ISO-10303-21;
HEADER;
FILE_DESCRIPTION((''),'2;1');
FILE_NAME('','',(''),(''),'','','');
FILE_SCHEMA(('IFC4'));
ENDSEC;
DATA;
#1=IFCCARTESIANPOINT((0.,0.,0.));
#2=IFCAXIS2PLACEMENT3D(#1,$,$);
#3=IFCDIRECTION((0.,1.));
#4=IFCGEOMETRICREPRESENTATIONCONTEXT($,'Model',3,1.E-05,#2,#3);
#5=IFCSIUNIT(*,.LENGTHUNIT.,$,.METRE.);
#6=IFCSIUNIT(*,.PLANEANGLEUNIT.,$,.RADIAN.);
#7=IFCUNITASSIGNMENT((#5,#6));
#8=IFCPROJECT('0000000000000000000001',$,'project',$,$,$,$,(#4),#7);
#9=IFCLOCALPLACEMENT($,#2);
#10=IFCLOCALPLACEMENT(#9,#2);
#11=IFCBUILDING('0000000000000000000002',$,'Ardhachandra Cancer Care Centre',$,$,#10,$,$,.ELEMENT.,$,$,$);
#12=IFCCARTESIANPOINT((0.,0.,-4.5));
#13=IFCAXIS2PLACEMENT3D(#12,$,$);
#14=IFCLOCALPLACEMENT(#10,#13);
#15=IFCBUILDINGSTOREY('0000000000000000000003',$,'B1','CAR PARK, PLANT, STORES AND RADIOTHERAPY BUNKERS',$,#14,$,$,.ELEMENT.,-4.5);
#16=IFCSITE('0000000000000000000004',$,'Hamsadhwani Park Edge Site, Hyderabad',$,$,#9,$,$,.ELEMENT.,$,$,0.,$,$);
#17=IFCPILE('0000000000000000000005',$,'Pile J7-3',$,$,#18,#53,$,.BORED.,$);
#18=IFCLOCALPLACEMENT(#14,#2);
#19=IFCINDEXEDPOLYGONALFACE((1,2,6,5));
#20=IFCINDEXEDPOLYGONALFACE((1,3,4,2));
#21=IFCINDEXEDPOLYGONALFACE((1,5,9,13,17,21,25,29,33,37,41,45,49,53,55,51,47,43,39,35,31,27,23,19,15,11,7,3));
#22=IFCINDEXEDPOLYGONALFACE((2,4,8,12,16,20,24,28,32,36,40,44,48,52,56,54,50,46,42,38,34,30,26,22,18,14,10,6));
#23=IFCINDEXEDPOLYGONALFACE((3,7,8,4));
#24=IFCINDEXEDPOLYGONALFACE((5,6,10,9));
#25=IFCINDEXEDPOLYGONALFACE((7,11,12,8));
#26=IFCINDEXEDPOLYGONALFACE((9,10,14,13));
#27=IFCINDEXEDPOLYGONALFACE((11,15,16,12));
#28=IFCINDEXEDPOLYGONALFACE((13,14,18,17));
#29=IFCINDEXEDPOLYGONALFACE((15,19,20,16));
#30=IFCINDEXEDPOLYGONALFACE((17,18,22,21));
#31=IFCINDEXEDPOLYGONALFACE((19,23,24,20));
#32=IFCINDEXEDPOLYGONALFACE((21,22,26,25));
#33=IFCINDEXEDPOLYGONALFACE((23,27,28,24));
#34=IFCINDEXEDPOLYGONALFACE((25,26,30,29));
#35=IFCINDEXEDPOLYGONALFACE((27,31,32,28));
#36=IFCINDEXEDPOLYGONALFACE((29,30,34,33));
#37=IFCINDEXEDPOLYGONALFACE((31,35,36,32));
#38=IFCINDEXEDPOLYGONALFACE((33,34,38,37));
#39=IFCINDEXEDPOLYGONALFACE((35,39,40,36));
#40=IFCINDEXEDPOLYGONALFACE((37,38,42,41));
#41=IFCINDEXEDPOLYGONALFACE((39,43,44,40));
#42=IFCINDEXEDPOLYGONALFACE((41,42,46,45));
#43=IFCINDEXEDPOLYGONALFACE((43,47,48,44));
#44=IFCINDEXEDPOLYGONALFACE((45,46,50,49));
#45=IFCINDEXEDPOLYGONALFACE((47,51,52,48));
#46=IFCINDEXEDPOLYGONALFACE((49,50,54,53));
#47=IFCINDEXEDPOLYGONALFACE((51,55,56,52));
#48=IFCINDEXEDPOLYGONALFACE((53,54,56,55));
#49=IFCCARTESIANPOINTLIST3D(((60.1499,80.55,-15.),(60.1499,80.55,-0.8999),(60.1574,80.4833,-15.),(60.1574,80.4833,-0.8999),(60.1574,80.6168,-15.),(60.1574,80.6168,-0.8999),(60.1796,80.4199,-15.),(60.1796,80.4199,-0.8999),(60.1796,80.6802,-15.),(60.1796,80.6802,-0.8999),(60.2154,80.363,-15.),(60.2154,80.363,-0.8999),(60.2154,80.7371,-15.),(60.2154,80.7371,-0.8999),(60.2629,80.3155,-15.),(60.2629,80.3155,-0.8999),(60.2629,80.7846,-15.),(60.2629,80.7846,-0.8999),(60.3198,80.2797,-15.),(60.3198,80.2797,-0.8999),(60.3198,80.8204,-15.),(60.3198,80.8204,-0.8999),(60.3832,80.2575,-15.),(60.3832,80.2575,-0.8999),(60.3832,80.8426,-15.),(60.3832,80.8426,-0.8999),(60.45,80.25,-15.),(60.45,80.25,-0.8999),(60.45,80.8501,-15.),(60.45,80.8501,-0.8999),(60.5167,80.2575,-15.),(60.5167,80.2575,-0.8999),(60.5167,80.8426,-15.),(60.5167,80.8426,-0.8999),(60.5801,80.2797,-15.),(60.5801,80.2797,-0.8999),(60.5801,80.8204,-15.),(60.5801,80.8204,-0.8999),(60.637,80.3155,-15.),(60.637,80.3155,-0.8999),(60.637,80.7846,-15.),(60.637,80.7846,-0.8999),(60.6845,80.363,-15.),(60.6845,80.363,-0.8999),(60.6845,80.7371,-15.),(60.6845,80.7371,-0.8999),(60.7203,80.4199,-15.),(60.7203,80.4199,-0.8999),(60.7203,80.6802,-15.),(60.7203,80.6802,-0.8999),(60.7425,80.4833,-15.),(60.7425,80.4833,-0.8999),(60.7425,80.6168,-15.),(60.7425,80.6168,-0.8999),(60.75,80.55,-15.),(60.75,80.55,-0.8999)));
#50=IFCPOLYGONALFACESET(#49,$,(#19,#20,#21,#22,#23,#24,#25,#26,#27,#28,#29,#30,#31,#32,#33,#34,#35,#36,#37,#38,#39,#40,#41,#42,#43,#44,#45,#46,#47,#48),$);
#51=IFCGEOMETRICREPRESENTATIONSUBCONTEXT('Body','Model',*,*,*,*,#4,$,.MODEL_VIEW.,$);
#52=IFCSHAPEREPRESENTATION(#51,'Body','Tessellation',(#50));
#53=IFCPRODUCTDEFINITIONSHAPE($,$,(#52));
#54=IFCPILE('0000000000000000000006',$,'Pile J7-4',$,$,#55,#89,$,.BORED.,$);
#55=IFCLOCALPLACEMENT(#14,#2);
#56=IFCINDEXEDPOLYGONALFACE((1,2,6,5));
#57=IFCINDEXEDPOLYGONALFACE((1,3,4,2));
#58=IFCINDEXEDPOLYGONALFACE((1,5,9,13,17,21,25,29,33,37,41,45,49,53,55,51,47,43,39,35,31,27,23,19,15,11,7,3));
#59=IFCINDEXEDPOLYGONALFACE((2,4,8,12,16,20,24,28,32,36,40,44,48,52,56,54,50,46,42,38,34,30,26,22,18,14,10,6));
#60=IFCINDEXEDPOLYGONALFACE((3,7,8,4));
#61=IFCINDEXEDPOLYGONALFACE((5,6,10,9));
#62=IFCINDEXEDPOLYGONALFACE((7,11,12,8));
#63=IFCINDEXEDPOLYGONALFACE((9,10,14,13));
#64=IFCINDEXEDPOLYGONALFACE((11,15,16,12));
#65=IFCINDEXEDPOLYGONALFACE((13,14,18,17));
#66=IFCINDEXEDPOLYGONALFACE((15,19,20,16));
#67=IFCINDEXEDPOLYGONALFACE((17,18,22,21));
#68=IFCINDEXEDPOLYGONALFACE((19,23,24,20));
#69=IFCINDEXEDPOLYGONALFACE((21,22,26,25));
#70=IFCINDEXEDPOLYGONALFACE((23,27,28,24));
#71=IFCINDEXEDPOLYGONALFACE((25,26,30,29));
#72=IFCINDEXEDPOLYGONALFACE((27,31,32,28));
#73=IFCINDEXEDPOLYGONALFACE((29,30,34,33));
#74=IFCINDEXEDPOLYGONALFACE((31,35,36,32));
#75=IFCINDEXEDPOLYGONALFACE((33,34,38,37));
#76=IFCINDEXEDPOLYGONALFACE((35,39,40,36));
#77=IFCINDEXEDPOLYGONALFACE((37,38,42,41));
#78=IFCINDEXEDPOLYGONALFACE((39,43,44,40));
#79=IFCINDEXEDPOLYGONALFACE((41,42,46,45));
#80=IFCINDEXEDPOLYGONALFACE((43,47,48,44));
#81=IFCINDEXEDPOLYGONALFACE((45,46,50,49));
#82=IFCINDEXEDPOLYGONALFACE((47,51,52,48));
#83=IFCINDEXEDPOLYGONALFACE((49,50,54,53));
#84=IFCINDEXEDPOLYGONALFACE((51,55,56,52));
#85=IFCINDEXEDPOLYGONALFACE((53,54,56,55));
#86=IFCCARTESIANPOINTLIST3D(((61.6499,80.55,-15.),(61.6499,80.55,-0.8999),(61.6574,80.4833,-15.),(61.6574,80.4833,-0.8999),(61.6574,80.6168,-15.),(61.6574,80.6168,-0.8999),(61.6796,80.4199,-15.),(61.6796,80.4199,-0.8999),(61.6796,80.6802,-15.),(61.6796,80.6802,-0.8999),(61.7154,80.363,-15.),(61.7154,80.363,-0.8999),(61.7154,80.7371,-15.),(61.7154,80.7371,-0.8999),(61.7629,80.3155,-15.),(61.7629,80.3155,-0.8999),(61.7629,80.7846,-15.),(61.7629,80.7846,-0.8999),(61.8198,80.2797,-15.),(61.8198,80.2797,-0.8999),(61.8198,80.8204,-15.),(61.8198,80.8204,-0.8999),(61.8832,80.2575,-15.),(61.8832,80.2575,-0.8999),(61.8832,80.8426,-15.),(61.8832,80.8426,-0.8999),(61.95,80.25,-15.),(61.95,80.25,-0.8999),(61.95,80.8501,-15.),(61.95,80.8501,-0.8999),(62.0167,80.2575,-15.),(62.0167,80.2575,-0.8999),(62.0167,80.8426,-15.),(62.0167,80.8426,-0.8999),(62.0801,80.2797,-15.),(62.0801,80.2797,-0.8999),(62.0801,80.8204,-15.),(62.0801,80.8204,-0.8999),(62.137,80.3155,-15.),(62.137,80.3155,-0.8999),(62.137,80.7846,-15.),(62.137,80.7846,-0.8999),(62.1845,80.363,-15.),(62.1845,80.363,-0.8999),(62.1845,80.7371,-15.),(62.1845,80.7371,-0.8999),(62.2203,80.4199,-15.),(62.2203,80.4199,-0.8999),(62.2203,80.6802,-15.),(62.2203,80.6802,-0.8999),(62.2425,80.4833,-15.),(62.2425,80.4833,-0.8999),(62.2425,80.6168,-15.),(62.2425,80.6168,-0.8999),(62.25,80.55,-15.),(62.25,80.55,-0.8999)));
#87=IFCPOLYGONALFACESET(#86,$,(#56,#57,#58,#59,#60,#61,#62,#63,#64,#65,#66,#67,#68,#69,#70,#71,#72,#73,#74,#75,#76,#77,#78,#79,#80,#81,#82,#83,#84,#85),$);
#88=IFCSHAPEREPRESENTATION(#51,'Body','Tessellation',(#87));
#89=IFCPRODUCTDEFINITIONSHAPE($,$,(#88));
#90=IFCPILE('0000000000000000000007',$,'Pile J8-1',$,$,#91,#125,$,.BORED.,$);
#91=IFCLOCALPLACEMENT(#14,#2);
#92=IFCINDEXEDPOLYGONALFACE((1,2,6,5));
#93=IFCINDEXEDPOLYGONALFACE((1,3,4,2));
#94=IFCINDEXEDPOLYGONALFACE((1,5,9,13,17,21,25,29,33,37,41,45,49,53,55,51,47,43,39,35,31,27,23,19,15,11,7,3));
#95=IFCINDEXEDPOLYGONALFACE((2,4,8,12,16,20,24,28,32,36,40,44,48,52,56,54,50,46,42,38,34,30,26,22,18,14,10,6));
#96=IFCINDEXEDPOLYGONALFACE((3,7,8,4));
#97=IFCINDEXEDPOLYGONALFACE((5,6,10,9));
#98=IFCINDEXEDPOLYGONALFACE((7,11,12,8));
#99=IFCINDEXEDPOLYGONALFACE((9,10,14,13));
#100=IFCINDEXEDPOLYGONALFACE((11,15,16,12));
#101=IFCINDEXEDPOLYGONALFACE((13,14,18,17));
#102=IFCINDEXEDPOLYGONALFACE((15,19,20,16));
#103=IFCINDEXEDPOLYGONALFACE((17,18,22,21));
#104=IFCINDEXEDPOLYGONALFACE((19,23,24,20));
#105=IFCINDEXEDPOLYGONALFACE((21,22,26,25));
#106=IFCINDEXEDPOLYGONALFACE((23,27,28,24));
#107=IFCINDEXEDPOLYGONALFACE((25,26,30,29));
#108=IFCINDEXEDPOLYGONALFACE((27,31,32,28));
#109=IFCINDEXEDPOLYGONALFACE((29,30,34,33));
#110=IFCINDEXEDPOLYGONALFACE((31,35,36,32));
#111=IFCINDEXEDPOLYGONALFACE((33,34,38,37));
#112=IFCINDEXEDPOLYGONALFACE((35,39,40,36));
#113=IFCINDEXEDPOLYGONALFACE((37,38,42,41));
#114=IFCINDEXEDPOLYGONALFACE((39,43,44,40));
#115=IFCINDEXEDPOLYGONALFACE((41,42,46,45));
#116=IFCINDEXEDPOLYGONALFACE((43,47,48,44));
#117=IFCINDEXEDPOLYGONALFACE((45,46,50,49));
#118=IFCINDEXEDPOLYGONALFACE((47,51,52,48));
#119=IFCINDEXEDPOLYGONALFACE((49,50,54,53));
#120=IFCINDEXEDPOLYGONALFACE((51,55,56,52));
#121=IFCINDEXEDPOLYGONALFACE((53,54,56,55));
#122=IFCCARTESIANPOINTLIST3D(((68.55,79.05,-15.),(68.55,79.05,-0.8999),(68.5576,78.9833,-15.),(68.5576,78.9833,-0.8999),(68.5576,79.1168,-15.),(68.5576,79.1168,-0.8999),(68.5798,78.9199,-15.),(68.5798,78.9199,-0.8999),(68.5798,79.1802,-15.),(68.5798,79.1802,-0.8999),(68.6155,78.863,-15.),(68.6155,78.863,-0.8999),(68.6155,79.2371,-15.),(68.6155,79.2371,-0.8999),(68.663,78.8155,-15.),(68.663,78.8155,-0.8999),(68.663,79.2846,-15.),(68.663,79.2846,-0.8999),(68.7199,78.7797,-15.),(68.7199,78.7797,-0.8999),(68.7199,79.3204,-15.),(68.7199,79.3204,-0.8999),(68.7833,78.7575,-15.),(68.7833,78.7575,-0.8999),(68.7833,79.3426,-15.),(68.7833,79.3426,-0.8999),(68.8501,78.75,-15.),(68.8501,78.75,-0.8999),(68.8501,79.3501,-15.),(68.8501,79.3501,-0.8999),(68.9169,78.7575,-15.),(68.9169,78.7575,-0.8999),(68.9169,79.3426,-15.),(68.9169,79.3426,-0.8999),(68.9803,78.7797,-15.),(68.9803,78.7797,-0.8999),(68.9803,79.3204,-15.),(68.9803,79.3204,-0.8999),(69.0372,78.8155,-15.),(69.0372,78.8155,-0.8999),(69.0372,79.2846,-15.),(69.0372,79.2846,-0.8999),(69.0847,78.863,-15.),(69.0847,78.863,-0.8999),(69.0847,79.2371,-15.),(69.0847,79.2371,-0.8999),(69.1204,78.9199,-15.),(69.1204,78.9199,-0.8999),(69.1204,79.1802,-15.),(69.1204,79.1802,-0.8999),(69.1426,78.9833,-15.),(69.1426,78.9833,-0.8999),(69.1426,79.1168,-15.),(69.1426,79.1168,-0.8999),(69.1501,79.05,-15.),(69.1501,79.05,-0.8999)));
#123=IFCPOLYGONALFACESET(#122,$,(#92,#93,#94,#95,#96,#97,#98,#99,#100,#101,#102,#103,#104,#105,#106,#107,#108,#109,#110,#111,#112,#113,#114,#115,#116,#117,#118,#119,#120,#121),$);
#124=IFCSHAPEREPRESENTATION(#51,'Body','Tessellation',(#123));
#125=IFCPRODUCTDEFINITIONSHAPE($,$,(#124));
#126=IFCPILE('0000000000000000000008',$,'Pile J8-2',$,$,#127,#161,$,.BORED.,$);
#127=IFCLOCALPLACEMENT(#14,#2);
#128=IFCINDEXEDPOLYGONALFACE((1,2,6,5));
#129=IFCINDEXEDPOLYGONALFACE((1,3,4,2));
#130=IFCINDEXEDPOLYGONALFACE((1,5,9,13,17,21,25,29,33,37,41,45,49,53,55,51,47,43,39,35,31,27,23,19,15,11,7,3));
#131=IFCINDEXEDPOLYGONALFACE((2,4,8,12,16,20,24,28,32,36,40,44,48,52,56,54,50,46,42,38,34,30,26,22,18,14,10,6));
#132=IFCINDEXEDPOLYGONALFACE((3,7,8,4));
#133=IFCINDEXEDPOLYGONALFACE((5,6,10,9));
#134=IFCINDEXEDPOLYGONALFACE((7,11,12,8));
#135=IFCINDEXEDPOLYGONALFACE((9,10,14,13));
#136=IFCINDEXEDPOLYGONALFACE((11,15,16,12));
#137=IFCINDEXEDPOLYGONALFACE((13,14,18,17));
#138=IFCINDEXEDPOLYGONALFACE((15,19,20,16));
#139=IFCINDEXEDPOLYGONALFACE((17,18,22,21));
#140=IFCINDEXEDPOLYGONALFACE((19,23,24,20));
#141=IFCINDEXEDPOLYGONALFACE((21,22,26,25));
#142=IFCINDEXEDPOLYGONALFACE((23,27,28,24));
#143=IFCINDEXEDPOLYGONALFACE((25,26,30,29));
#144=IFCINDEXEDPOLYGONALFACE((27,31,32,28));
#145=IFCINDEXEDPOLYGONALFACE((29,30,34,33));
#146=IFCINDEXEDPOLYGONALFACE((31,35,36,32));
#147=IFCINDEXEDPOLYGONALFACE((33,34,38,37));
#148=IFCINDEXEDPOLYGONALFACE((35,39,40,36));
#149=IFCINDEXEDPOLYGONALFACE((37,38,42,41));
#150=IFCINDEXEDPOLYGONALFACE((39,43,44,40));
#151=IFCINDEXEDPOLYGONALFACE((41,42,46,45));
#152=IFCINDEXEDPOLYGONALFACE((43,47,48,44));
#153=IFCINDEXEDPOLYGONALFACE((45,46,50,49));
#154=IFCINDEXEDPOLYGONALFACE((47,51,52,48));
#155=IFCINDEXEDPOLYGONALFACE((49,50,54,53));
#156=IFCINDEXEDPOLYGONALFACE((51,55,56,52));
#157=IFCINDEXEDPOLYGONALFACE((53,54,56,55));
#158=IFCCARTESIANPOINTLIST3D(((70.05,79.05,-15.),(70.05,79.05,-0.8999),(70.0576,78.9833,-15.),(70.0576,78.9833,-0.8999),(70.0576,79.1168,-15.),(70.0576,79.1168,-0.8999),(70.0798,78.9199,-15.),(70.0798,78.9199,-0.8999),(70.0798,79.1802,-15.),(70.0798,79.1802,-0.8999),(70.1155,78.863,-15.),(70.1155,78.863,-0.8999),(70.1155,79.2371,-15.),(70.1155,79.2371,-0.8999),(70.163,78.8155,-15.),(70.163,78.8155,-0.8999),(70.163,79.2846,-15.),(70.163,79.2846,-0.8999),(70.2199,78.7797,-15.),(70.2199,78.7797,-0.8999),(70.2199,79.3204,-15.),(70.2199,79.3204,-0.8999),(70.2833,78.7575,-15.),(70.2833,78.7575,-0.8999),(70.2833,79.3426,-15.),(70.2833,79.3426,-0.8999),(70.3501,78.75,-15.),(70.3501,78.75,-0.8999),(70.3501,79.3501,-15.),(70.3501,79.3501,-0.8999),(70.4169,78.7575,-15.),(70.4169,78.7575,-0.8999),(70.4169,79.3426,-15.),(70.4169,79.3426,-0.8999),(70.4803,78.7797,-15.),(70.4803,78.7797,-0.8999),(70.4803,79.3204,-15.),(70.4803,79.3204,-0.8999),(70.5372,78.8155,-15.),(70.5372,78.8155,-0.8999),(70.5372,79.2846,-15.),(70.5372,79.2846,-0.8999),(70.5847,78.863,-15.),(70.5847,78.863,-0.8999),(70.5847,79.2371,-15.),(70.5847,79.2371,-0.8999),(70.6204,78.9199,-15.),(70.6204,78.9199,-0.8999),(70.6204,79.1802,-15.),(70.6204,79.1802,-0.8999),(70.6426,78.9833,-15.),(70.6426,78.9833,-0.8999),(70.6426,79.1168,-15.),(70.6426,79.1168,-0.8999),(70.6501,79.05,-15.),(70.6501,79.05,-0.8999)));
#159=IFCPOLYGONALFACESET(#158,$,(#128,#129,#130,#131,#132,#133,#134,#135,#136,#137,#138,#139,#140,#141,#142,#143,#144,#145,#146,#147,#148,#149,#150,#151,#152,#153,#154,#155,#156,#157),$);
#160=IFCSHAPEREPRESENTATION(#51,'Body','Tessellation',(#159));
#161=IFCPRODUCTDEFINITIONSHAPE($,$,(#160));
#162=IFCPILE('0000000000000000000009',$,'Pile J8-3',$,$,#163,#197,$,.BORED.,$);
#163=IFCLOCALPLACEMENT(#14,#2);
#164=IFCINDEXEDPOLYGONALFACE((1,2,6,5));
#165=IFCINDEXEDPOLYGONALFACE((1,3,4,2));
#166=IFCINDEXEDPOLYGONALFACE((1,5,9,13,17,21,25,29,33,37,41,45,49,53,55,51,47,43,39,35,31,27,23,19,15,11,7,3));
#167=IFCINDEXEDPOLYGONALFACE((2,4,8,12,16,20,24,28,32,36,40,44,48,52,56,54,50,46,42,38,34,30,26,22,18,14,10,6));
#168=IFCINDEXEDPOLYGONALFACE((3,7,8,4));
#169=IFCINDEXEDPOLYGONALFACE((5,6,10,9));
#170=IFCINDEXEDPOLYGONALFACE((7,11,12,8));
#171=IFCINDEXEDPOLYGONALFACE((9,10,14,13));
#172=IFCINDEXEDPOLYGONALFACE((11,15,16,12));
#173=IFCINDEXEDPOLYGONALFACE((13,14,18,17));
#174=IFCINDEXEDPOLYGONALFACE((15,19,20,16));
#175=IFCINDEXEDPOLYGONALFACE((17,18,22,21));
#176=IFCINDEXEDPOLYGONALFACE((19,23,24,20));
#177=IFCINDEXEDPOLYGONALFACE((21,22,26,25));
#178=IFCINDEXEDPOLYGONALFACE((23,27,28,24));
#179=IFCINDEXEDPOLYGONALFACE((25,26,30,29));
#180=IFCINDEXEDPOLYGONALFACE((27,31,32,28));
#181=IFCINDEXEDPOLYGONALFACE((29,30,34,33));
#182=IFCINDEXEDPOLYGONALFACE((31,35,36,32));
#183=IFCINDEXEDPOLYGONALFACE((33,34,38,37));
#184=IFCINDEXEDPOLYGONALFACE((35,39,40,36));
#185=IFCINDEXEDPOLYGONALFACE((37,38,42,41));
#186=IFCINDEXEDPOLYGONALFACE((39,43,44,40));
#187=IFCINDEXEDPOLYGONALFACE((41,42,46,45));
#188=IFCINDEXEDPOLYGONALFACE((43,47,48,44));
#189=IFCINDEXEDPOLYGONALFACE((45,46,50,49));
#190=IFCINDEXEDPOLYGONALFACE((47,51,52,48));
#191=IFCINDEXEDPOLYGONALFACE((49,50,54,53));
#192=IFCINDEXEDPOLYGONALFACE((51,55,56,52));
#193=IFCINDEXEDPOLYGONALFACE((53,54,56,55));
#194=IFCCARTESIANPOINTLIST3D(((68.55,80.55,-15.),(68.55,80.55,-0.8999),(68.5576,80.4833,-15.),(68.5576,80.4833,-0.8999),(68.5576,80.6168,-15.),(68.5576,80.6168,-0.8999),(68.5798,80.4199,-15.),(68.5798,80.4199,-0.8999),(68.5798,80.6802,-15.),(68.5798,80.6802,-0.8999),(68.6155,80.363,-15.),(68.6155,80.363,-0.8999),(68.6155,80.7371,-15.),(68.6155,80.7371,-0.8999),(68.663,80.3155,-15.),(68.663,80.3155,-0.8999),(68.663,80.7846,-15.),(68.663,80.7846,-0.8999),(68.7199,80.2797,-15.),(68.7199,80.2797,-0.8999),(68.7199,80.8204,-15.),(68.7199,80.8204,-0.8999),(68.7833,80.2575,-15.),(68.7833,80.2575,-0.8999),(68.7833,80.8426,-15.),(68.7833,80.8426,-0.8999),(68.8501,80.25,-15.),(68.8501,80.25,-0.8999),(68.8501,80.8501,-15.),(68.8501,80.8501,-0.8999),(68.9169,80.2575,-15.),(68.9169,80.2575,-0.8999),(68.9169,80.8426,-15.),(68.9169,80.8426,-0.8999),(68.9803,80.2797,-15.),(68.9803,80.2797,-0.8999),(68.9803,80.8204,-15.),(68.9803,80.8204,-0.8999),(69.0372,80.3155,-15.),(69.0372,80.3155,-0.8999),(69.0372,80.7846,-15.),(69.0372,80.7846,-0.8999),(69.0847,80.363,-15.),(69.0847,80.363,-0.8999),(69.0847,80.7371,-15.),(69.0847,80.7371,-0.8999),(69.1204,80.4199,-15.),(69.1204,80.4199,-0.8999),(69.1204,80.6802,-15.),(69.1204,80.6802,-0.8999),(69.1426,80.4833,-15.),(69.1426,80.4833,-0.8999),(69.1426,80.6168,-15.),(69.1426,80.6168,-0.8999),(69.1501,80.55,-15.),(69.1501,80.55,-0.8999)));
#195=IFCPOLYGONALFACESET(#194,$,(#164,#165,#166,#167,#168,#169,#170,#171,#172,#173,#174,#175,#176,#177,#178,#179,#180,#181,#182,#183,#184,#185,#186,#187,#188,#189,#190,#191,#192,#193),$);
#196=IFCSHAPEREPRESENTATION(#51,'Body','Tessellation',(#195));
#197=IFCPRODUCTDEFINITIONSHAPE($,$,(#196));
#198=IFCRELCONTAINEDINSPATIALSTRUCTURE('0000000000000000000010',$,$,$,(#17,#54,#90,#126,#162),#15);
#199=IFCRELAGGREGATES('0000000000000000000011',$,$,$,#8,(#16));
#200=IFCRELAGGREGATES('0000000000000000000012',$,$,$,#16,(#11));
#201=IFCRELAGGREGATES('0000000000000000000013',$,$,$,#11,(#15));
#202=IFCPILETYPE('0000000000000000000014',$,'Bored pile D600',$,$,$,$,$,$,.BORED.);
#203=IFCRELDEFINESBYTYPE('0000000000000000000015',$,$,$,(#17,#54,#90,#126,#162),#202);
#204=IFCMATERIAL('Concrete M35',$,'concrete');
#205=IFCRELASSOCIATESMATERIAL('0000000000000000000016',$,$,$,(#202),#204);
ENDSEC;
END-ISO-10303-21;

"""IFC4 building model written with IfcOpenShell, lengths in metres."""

from ifc_helpers import new_model, si_unit, direction, frame, origin, origin_2d, place, context, subcontext, project, spatial, circle, extrude, material, material_profile, profile_set, type_object, element, save


model = new_model("IFC4")

# Units and contexts
model_context = context("Model", 3, precision=1e-05, world=origin(), true_north=direction((0.0, 1.0)))
body_context = subcontext(model_context, "Body", "Model", "MODEL_VIEW")
ifc_project = project(units=[si_unit("LENGTHUNIT", "METRE"), si_unit("PLANEANGLEUNIT", "RADIAN")], contexts=[model_context])

# Site, building, storey
site_placement = place(None, origin())
site = spatial("IfcSite", under=ifc_project, at=site_placement, Name="Hamsadhwani Park Edge Site, Hyderabad", CompositionType="ELEMENT", RefElevation=0.0)
building_placement = place(site_placement, origin())
building = spatial("IfcBuilding", under=site, at=building_placement, Name="Ardhachandra Cancer Care Centre", CompositionType="ELEMENT")
storey_placement = place(building_placement, frame((0.0, 0.0, -4.5)))
storey = spatial("IfcBuildingStorey", under=building, at=storey_placement, Name="B1", Description="CAR PARK, PLANT, STORES AND RADIOTHERAPY BUNKERS", CompositionType="ELEMENT", Elevation=-4.5)

# Piles
ifc_material_1 = material(Name="Concrete M35", Category="concrete")
ifc_material_profile_1 = material_profile(ifc_material_1, circle(Radius=0.3, at=origin_2d()), Name="D600")
ifc_profile_set_1 = profile_set([ifc_material_profile_1], Name="Concrete M35")
pile_type = type_object("IfcPileType", Name="Bored pile D600", PredefinedType="BORED", material=ifc_profile_set_1)
for number, where, z_axis, x_axis, name in (
    (1, (60.45, 80.55, -0.8999), (0.0, 0.0, -1.0), (1.0, 0.0, 0.0), "Pile J7-3"),
    (2, (61.95, 80.55, -0.8999), (0.0, 0.0, -1.0), (1.0, 0.0, 0.0), "Pile J7-4"),
    (3, (68.8501, 79.05, -0.8999), (0.0, 0.0, -1.0), (1.0, 0.0, 0.0), "Pile J8-1"),
    (4, (70.3501, 79.05, -0.8999), (0.0, 0.0, -1.0), (1.0, 0.0, 0.0), "Pile J8-2"),
    (5, (68.8501, 80.55, -0.8999), (0.0, 0.0, -1.0), (1.0, 0.0, 0.0), "Pile J8-3"),
):
    element("IfcPile", number, at=place(storey_placement, frame(where, z_axis=z_axis, x_axis=x_axis)), inside=storey, type_object=pile_type, Name=name, PredefinedType="BORED", context=body_context, shape_type="SweptSolid", body=[
        extrude(circle(Radius=0.3, at=origin_2d()), origin(), (0.0, 0.0, 1.0), 14.1001),
    ])

save(model, "model.ifc")
